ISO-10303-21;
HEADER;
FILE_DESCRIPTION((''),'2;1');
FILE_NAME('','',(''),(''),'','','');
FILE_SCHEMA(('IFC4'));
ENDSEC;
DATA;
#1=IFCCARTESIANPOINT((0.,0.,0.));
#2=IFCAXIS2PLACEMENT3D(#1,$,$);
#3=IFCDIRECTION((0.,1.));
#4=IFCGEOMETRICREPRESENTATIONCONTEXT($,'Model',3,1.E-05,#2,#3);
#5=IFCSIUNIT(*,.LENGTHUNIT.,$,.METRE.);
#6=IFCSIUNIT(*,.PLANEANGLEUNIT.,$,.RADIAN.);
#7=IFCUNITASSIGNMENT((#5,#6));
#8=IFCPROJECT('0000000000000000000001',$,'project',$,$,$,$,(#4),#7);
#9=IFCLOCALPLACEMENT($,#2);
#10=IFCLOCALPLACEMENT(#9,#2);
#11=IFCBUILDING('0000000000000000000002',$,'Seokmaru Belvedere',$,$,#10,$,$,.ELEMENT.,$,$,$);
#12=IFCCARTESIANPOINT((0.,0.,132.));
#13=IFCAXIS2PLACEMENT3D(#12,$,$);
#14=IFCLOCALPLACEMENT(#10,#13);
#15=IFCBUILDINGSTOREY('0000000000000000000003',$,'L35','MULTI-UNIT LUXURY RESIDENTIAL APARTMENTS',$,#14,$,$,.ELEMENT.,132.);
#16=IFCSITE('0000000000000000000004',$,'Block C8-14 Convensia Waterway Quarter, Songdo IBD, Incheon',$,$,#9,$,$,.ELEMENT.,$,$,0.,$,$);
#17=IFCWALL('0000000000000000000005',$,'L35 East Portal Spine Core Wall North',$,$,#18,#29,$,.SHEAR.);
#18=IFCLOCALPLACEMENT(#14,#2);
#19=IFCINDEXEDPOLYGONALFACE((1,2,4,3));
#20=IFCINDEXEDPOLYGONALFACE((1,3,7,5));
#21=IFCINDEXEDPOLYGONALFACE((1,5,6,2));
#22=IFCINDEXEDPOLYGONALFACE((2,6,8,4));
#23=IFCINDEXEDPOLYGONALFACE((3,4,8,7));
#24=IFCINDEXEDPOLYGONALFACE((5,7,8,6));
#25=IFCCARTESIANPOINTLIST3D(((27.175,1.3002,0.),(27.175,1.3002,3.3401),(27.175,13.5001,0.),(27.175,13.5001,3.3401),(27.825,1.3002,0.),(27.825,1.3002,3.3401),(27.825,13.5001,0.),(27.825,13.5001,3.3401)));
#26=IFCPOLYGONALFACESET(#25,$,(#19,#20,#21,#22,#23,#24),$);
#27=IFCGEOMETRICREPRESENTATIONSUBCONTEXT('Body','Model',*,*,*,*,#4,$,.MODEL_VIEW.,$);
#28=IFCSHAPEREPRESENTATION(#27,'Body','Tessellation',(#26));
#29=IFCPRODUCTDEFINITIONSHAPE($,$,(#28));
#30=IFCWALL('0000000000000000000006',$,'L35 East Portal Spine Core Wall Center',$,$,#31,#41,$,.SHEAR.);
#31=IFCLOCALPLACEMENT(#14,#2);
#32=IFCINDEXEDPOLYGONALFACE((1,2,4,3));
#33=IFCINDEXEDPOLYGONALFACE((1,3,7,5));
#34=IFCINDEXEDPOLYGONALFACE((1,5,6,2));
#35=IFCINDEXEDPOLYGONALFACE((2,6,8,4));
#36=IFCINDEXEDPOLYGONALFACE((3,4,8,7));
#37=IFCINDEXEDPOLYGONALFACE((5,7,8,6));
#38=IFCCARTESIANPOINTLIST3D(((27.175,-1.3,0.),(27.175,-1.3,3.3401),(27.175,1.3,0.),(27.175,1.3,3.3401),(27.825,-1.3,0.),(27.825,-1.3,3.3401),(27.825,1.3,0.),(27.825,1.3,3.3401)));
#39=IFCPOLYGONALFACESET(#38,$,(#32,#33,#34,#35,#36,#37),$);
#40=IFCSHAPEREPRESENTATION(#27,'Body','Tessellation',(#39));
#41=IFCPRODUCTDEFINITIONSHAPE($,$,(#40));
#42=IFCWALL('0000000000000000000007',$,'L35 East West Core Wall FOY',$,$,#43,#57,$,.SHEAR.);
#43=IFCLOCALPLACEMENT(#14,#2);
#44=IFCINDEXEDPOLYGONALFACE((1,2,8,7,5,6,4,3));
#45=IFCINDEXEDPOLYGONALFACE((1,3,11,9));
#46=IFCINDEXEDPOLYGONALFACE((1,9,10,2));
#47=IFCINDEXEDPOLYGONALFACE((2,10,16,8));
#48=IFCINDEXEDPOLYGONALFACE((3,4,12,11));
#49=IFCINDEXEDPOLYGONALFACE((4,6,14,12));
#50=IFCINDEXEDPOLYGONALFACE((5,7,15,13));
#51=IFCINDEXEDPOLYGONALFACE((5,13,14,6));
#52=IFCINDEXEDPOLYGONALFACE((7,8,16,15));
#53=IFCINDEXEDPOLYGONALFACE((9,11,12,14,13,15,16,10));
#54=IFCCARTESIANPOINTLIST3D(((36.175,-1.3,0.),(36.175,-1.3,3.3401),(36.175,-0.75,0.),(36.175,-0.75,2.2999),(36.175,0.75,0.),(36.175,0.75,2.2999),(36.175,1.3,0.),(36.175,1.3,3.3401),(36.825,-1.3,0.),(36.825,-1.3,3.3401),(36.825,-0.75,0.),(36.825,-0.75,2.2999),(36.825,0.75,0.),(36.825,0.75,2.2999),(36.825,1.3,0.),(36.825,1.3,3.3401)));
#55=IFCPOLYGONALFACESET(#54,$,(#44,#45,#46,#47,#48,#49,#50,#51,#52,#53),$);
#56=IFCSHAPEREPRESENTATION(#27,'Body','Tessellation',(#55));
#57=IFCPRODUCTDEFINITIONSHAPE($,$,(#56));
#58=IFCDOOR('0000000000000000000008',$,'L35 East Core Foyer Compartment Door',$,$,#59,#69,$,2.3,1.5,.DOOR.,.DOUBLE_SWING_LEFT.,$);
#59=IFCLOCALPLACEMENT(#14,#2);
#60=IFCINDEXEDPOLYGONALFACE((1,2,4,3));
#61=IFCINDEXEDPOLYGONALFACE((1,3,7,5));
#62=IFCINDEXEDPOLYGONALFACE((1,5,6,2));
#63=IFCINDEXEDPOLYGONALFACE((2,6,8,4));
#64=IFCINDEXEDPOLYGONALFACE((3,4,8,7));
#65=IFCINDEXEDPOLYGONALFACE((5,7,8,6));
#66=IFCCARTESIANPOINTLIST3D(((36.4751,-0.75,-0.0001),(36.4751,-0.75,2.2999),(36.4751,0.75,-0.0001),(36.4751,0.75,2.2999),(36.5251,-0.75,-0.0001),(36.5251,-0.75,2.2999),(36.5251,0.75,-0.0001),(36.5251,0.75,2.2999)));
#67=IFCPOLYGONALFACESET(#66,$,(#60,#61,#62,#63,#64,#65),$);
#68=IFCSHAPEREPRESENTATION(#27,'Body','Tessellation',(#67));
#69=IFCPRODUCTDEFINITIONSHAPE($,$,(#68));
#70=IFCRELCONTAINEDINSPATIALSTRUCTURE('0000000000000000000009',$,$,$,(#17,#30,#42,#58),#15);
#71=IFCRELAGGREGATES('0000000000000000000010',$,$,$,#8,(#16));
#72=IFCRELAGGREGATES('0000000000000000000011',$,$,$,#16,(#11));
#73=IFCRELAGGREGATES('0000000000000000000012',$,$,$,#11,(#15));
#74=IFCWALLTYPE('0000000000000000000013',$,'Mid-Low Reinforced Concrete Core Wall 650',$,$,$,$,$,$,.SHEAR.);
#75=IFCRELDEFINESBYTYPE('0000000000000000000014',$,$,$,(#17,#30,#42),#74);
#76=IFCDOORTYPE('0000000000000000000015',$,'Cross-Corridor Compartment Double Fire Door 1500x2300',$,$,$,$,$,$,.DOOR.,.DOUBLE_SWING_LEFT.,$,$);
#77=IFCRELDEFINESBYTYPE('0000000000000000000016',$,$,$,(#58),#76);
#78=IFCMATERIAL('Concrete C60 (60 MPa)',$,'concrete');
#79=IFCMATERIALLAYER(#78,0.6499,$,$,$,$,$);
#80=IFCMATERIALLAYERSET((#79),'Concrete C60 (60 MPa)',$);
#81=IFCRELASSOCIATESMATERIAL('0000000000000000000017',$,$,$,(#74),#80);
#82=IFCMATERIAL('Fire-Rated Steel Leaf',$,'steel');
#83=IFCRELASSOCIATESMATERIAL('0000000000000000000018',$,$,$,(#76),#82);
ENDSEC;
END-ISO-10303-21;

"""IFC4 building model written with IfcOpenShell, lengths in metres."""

from ifc_helpers import new_model, si_unit, direction, frame, frame_2d, origin, place, context, subcontext, project, spatial, rectangle, extrude, source, transform, mapped, material, layer, layer_set, type_object, type_shapes, element, fill, save


model = new_model("IFC4")

# Units and contexts
model_context = context("Model", 3, precision=1e-05, world=origin(), true_north=direction((0.0, 1.0)))
body_context = subcontext(model_context, "Body", "Model", "MODEL_VIEW")
ifc_project = project(units=[si_unit("LENGTHUNIT", "METRE"), si_unit("PLANEANGLEUNIT", "RADIAN")], contexts=[model_context])

# Site, building, storey
site_placement = place(None, origin())
site = spatial("IfcSite", under=ifc_project, at=site_placement, Name="Block C8-14 Convensia Waterway Quarter, Songdo IBD, Incheon", CompositionType="ELEMENT", RefElevation=0.0)
building_placement = place(site_placement, origin())
building = spatial("IfcBuilding", under=site, at=building_placement, Name="Seokmaru Belvedere", CompositionType="ELEMENT")
storey_placement = place(building_placement, frame((0.0, 0.0, 132.0)))
storey = spatial("IfcBuildingStorey", under=building, at=storey_placement, Name="L35", Description="MULTI-UNIT LUXURY RESIDENTIAL APARTMENTS", CompositionType="ELEMENT", Elevation=132.0)

# Shared definitions
ifc_material_1 = material(Name="Fire-Rated Steel Leaf", Category="steel")

# Walls
ifc_material_2 = material(Name="Concrete C60 (60 MPa)", Category="concrete")
ifc_layer_1 = layer(ifc_material_2, 0.6499)
ifc_layer_set_1 = layer_set([ifc_layer_1], Name="Concrete C60 (60 MPa)")
wall_type_1 = type_object("IfcWallType", Name="Mid-Low Reinforced Concrete Core Wall 650", PredefinedType="SHEAR", material=ifc_layer_set_1)
wall_1_placement = place(storey_placement, frame((27.5, 1.3, 0.0), z_axis=(0.0, 0.0, 1.0), x_axis=(0.0, 1.0, 0.0)))
element("IfcWall", 1, at=wall_1_placement, inside=storey, type_object=wall_type_1, Name="L35 East Portal Spine Core Wall North", PredefinedType="SHEAR", context=body_context, shape_type="SweptSolid", body=[
    extrude(rectangle(XDim=12.2, YDim=0.6499, at=frame_2d((6.1001, 0.0))), origin(), (0.0, 0.0, 1.0), 3.3401),
])
wall_2_placement = place(storey_placement, frame((27.5, -1.3, 0.0), z_axis=(0.0, 0.0, 1.0), x_axis=(0.0, 1.0, 0.0)))
element("IfcWall", 2, at=wall_2_placement, inside=storey, type_object=wall_type_1, Name="L35 East Portal Spine Core Wall Center", PredefinedType="SHEAR", context=body_context, shape_type="SweptSolid", body=[
    extrude(rectangle(XDim=2.6001, YDim=0.6499, at=frame_2d((1.3, 0.0))), origin(), (0.0, 0.0, 1.0), 3.3401),
])

# Wall, opening, door
wall_3_placement = place(storey_placement, frame((36.5, -1.3, 0.0), z_axis=(0.0, 0.0, 1.0), x_axis=(0.0, 1.0, 0.0)))
wall_3 = element("IfcWall", 3, at=wall_3_placement, inside=storey, type_object=wall_type_1, Name="L35 East West Core Wall FOY", PredefinedType="SHEAR", context=body_context, shape_type="SweptSolid", body=[
    extrude(rectangle(XDim=2.6001, YDim=0.6499, at=frame_2d((1.3, 0.0))), origin(), (0.0, 0.0, 1.0), 3.3401),
])
opening_1_placement = place(wall_3_placement, frame((0.55, 0.0, 0.0)))
opening_1 = element("IfcOpeningElement", 4, at=opening_1_placement, cuts=wall_3, PredefinedType="OPENING", context=body_context, shape_type="SweptSolid", body=[
    extrude(rectangle(XDim=1.5, YDim=2.3, at=frame_2d((0.75, 1.1499))), frame((0.0, 0.335, 0.0), z_axis=(0.0, -1.0, 0.0), x_axis=(1.0, 0.0, 0.0)), (0.0, 0.0, 1.0), 0.6699),
])
door_type_1 = type_object("IfcDoorType", Name="Cross-Corridor Compartment Double Fire Door 1500x2300", OperationType="DOUBLE_SWING_LEFT", PredefinedType="DOOR", material=ifc_material_1)
shared_shape_1 = source(origin(), body_context, "Body", "SweptSolid", [
    extrude(rectangle(XDim=1.5, YDim=2.3, at=frame_2d((0.75, 1.1499))), frame((0.0, 0.0249, 0.0), z_axis=(0.0, -1.0, 0.0), x_axis=(1.0, 0.0, 0.0)), (0.0, 0.0, 1.0), 0.05),
])
type_shapes(door_type_1, [shared_shape_1])
door_1_placement = place(opening_1_placement, origin())
door_1 = element("IfcDoor", 5, at=door_1_placement, inside=storey, type_object=door_type_1, Name="L35 East Core Foyer Compartment Door", OperationType="DOUBLE_SWING_LEFT", OverallHeight=2.3, OverallWidth=1.5, PredefinedType="DOOR", context=body_context, shape_type="MappedRepresentation", body=[
    mapped(shared_shape_1, transform((0.0, 0.0, 0.0), scale=1.0)),
])
fill(opening_1, door_1)

save(model, "model.ifc")
